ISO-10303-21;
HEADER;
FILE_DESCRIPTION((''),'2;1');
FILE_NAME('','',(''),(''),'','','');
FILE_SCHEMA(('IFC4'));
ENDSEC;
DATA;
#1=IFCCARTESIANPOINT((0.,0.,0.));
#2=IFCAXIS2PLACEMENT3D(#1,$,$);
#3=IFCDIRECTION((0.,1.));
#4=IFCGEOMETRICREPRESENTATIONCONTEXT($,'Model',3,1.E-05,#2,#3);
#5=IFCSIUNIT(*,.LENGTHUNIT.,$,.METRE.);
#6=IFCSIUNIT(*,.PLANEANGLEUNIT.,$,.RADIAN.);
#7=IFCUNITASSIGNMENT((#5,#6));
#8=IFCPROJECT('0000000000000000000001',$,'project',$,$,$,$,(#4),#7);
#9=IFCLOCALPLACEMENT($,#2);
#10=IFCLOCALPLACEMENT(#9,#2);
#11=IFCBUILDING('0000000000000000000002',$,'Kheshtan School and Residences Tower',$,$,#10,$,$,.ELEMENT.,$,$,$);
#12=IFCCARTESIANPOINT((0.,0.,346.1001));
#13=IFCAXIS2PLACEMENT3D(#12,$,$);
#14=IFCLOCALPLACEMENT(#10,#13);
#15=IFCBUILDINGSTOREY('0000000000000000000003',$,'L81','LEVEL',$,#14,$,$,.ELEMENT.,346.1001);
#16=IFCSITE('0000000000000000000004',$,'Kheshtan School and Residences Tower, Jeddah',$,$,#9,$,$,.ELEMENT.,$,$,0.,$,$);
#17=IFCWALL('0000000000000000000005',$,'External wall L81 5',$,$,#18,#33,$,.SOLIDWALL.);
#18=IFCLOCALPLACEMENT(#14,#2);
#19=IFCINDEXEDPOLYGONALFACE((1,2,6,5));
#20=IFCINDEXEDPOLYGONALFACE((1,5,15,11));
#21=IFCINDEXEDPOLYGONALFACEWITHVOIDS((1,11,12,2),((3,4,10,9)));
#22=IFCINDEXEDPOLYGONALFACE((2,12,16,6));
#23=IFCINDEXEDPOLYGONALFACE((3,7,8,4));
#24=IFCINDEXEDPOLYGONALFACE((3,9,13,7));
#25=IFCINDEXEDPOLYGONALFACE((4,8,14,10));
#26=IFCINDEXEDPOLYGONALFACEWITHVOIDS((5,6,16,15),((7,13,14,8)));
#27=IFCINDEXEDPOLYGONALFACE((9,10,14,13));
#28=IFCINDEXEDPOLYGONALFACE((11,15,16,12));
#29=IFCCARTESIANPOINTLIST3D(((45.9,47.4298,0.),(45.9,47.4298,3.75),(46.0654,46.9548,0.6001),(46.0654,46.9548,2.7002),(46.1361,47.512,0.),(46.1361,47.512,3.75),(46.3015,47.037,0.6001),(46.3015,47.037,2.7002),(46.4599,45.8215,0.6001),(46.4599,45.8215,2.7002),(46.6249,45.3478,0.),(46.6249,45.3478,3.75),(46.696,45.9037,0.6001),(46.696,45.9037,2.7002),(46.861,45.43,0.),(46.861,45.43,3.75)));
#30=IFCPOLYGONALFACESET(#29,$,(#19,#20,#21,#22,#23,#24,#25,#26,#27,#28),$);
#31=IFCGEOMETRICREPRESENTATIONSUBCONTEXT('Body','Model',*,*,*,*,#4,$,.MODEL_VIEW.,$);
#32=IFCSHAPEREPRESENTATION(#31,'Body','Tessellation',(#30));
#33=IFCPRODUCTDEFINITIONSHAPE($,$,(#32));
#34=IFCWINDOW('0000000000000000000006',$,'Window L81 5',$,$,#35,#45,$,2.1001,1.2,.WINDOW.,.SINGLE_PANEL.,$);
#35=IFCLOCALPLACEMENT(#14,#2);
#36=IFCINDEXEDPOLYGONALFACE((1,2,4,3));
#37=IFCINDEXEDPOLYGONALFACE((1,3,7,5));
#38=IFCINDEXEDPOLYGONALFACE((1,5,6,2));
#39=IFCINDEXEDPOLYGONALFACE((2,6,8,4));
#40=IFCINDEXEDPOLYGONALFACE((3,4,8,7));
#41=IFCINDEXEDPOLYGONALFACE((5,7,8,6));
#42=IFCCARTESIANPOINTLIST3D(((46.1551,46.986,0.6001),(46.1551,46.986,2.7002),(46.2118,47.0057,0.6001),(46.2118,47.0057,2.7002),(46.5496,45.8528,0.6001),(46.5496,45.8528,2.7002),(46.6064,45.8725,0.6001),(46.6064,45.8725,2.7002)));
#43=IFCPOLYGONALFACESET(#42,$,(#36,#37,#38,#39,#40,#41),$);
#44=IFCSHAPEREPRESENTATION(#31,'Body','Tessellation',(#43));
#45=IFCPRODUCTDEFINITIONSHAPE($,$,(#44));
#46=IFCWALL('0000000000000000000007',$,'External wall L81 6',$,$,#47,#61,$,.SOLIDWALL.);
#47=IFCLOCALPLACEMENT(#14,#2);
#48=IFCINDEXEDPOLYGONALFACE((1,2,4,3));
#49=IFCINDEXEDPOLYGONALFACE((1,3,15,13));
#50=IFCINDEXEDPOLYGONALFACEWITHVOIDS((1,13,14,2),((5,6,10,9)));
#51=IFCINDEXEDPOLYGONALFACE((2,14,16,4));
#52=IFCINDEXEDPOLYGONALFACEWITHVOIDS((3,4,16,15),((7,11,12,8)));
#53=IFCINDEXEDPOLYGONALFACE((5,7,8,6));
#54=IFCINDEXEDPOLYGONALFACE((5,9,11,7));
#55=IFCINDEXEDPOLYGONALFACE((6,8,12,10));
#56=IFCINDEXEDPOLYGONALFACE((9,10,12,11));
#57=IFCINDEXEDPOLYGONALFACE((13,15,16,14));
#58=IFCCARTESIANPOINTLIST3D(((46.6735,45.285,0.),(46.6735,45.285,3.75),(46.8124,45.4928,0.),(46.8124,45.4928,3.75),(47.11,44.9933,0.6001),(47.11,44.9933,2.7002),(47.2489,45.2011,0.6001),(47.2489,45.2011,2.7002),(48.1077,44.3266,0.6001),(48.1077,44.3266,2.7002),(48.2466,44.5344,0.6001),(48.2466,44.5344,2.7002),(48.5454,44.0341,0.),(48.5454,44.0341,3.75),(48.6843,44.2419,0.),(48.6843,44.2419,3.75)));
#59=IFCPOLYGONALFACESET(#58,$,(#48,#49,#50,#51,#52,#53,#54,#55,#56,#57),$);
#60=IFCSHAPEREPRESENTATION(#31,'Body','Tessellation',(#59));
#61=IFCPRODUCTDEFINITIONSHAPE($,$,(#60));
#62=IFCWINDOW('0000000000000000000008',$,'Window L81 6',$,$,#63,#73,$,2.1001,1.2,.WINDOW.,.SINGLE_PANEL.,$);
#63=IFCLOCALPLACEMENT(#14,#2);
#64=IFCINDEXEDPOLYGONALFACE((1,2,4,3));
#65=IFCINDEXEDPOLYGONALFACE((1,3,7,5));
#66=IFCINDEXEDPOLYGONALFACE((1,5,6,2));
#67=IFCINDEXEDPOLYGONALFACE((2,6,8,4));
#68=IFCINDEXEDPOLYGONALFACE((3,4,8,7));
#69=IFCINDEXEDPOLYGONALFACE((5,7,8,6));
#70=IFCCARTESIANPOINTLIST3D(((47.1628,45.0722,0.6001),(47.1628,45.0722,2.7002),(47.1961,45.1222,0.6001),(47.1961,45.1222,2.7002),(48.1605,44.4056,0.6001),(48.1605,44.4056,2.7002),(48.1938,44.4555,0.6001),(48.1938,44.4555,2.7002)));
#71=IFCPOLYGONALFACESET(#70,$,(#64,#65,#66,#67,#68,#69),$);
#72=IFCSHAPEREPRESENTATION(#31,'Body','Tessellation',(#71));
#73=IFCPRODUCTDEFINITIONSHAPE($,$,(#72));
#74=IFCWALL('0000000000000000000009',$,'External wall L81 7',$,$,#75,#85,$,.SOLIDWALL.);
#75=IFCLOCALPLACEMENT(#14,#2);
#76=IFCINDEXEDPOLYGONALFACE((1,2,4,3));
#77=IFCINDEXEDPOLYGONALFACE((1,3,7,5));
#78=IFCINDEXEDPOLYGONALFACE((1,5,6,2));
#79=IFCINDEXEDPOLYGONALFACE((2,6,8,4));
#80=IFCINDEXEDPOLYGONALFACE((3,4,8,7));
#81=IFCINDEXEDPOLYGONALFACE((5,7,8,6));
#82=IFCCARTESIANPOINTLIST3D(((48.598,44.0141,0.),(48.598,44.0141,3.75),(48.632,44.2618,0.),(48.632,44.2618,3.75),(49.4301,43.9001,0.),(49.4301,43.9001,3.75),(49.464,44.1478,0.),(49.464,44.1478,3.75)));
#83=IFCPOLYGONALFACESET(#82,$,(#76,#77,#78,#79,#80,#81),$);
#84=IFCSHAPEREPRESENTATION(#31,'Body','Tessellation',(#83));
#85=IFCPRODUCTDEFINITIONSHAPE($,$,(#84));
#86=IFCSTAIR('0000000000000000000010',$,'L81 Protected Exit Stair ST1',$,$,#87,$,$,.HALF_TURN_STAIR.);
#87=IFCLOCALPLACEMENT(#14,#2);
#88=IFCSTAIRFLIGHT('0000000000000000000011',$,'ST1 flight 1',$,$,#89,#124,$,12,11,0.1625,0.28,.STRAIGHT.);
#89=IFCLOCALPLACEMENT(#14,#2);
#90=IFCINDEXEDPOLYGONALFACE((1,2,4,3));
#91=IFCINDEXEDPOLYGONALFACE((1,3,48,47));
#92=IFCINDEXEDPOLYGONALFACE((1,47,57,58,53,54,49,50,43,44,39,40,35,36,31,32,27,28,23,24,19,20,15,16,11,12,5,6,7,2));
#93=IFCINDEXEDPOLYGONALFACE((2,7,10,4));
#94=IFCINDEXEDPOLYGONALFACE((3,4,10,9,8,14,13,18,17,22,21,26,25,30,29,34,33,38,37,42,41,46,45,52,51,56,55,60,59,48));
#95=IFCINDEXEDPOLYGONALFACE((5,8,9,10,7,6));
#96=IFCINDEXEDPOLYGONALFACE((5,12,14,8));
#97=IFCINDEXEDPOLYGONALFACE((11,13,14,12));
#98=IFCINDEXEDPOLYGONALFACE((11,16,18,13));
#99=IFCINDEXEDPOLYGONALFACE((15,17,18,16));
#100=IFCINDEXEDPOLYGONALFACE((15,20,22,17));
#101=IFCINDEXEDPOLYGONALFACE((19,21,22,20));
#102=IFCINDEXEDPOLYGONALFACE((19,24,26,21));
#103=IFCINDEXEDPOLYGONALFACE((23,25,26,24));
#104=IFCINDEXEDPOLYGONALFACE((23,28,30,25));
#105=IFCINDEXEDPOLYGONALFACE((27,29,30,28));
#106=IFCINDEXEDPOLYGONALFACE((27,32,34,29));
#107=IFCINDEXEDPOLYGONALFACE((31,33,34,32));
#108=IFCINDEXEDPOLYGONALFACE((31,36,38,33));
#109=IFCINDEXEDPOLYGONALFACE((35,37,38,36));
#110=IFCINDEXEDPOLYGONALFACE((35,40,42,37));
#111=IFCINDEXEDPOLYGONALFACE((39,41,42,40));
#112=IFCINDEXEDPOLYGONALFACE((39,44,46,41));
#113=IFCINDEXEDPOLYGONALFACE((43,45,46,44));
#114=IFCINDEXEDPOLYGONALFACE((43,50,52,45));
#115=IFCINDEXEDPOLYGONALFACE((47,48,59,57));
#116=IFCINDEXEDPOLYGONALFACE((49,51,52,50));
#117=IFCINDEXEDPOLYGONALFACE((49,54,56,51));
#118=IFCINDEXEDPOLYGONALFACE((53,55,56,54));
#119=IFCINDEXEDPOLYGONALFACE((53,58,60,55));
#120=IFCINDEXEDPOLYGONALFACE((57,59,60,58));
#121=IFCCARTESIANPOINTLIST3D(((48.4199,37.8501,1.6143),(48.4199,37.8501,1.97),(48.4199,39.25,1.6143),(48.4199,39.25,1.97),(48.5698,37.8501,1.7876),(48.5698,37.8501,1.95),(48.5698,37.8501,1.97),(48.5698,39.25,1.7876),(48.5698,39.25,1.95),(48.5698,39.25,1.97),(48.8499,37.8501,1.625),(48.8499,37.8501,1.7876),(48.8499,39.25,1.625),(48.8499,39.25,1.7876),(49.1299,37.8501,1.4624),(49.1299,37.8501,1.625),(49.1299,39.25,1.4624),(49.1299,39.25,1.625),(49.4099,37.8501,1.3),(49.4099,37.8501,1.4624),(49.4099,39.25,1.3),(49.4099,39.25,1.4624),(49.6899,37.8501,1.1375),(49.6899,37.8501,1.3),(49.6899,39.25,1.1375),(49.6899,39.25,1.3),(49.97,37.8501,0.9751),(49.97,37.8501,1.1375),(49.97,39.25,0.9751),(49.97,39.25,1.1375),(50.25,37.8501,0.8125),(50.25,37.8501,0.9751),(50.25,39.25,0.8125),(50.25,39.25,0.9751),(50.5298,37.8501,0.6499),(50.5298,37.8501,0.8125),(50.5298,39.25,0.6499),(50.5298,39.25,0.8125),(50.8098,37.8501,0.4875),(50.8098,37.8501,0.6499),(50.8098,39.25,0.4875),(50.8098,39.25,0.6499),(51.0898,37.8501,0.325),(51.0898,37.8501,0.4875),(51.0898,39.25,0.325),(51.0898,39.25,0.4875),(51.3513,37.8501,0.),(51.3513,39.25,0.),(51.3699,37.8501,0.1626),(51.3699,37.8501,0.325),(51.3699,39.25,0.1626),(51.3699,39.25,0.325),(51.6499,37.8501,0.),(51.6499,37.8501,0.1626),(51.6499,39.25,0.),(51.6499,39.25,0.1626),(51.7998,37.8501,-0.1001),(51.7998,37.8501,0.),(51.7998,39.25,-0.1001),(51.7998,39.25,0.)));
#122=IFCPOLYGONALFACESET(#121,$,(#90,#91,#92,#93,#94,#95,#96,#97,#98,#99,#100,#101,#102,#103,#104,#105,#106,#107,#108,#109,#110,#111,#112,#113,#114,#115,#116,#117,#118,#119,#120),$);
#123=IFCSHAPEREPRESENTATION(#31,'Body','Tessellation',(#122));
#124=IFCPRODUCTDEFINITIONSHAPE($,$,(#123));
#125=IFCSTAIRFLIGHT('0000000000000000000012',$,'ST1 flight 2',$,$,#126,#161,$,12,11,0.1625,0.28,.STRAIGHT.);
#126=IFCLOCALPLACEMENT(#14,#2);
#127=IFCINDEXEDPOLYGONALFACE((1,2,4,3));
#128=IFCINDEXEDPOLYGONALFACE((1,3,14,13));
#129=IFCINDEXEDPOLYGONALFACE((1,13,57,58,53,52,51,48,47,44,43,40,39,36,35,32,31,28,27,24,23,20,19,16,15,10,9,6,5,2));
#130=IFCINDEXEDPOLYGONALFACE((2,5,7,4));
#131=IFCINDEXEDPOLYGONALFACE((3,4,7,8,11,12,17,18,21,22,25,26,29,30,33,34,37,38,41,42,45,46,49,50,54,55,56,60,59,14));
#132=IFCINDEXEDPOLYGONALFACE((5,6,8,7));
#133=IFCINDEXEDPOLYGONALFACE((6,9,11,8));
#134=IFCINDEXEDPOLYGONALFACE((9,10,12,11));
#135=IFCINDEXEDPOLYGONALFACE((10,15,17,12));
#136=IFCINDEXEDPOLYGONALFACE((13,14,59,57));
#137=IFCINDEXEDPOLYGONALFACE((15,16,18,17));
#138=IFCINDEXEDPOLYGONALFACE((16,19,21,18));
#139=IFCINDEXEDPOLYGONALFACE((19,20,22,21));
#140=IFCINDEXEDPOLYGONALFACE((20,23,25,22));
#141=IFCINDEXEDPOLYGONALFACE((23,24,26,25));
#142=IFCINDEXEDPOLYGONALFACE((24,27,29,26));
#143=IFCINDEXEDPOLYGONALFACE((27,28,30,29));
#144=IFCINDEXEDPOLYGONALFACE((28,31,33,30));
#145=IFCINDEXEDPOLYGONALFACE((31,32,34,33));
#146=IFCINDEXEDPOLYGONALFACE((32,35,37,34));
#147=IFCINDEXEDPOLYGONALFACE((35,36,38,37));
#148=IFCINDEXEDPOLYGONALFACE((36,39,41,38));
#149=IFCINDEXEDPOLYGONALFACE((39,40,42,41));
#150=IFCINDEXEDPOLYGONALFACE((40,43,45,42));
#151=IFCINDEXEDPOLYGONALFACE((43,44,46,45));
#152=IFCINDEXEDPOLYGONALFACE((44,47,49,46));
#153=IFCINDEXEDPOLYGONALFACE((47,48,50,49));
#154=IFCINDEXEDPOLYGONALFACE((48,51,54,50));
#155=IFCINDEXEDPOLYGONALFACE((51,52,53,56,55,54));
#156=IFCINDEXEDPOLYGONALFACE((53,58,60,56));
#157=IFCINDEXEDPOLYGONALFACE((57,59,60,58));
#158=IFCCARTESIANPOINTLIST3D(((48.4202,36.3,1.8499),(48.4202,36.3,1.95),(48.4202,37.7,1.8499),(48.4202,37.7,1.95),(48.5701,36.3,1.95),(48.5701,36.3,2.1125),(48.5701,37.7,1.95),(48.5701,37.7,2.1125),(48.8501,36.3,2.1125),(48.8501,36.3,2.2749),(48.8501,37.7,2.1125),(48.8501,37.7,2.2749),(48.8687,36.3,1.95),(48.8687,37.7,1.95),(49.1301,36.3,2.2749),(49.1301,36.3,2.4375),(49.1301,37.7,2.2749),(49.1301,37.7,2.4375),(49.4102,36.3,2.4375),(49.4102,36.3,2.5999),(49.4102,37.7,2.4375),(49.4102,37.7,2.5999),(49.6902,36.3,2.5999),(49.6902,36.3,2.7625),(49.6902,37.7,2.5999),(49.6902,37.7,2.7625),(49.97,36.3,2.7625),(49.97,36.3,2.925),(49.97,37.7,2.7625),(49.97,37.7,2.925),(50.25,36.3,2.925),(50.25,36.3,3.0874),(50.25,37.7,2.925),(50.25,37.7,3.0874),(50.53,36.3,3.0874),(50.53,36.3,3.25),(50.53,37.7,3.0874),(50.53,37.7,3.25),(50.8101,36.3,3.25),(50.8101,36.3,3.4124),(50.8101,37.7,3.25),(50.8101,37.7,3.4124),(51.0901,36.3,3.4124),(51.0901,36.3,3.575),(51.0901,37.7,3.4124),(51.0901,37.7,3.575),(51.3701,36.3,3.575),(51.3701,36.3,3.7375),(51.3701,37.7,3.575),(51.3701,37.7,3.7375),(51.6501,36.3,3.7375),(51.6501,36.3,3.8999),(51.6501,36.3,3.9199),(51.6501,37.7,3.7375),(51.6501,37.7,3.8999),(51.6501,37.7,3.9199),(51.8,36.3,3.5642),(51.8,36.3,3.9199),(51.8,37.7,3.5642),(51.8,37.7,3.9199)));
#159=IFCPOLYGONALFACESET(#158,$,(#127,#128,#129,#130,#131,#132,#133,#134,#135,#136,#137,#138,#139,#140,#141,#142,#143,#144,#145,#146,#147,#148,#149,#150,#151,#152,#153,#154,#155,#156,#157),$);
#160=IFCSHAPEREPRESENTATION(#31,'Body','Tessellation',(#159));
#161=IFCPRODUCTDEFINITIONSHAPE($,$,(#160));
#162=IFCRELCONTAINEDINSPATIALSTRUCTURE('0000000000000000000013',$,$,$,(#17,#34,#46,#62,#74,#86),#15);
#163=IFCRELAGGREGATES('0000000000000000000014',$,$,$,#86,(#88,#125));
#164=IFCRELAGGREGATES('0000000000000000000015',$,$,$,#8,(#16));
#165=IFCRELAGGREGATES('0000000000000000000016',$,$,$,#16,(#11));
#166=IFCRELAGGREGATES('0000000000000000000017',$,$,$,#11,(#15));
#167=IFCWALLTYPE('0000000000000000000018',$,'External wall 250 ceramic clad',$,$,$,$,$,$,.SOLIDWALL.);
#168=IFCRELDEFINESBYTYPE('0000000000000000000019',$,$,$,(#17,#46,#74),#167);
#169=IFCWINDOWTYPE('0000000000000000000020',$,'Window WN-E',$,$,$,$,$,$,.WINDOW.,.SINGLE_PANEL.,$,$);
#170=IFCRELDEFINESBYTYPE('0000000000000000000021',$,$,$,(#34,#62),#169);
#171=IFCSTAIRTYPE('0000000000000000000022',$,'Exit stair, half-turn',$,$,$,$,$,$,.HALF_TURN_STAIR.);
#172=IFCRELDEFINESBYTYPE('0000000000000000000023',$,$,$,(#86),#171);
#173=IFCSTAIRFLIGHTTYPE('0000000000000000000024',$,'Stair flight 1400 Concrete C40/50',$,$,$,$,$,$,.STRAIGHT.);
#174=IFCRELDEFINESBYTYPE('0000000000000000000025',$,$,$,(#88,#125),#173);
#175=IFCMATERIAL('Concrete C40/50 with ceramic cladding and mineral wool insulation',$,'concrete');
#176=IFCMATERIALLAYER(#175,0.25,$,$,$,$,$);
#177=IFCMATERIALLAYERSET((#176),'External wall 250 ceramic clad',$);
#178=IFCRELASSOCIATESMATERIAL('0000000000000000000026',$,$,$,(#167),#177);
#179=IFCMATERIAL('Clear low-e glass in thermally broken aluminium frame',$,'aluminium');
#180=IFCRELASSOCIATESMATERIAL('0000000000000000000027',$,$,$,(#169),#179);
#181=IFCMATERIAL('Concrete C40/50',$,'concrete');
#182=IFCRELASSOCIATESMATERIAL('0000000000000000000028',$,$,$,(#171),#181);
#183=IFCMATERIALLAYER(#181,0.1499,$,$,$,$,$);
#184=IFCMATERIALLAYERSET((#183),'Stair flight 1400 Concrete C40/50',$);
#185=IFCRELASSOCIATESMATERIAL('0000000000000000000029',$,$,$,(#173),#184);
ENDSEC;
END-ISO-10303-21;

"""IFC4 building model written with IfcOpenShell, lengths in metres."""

from ifc_helpers import new_model, si_unit, direction, frame, frame_2d, origin, place, context, subcontext, project, spatial, polyline, rectangle, outline, extrude, source, transform, mapped, material, layer, layer_set, type_object, element, fill, aggregate, save


model = new_model("IFC4")

# Units and contexts
model_context = context("Model", 3, precision=1e-05, world=origin(), true_north=direction((0.0, 1.0)))
body_context = subcontext(model_context, "Body", "Model", "MODEL_VIEW")
ifc_project = project(units=[si_unit("LENGTHUNIT", "METRE"), si_unit("PLANEANGLEUNIT", "RADIAN")], contexts=[model_context])

# Site, building, storey
site_placement = place(None, origin())
site = spatial("IfcSite", under=ifc_project, at=site_placement, Name="Kheshtan School and Residences Tower, Jeddah", CompositionType="ELEMENT", RefElevation=0.0)
building_placement = place(site_placement, origin())
building = spatial("IfcBuilding", under=site, at=building_placement, Name="Kheshtan School and Residences Tower", CompositionType="ELEMENT")
storey_placement = place(building_placement, frame((0.0, 0.0, 346.1001)))
storey = spatial("IfcBuildingStorey", under=building, at=storey_placement, Name="L81", Description="LEVEL", CompositionType="ELEMENT", Elevation=346.1001)

# Shared definitions
ifc_material_1 = material(Name="Clear low-e glass in thermally broken aluminium frame", Category="aluminium")

# Walls, openings, windows
ifc_material_2 = material(Name="Concrete C40/50 with ceramic cladding and mineral wool insulation", Category="concrete")
ifc_layer_1 = layer(ifc_material_2, 0.25)
ifc_layer_set_1 = layer_set([ifc_layer_1], Name="External wall 250 ceramic clad")
wall_type_1 = type_object("IfcWallType", Name="External wall 250 ceramic clad", PredefinedType="SOLIDWALL", material=ifc_layer_set_1)
wall_1_placement = place(storey_placement, frame((46.0181, 47.4709, 0.0), z_axis=(0.0, 0.0, 1.0), x_axis=(0.328791, -0.944403, 0.0)))
wall_1 = element("IfcWall", 1, at=wall_1_placement, inside=storey, type_object=wall_type_1, Name="External wall L81 5", PredefinedType="SOLIDWALL", context=body_context, shape_type="SweptSolid", body=[
    extrude(rectangle(XDim=2.2046, YDim=0.25, at=frame_2d((1.1023, 0.0))), origin(), (0.0, 0.0, 1.0), 3.75),
])
opening_1_placement = place(wall_1_placement, frame((0.5029, 0.0, 0.6001)))
opening_1 = element("IfcOpeningElement", 2, at=opening_1_placement, cuts=wall_1, PredefinedType="OPENING", context=body_context, shape_type="SweptSolid", body=[
    extrude(rectangle(XDim=1.2, YDim=2.1001, at=frame_2d((0.6001, 1.05))), frame((0.0, 0.135, 0.0), z_axis=(0.0, -1.0, 0.0), x_axis=(1.0, 0.0, 0.0)), (0.0, 0.0, 1.0), 0.27),
])
window_type = type_object("IfcWindowType", Name="Window WN-E", PartitioningType="SINGLE_PANEL", PredefinedType="WINDOW", material=ifc_material_1)
shared_shape_1 = source(origin(), body_context, "Body", "SweptSolid", [
    extrude(rectangle(XDim=1.2, YDim=2.1001, at=frame_2d((0.6001, 1.05))), frame((0.0, 0.03, 0.0), z_axis=(0.0, -1.0, 0.0), x_axis=(1.0, 0.0, 0.0)), (0.0, 0.0, 1.0), 0.0601),
])
window_1_placement = place(opening_1_placement, origin())
window_1 = element("IfcWindow", 3, at=window_1_placement, inside=storey, type_object=window_type, Name="Window L81 5", OverallHeight=2.1001, OverallWidth=1.2, PartitioningType="SINGLE_PANEL", PredefinedType="WINDOW", context=body_context, shape_type="MappedRepresentation", body=[
    mapped(shared_shape_1, transform((0.0, 0.0, 0.0), x_axis=(1.0, 0.0, 0.0), y_axis=(0.0, 1.0, 0.0), z_axis=(0.0, 0.0, 1.0), scale=1.0)),
])
fill(opening_1, window_1)
wall_2_placement = place(storey_placement, frame((46.7429, 45.3889, 0.0), z_axis=(0.0, 0.0, 1.0), x_axis=(0.831449, -0.555601, 0.0)))
wall_2 = element("IfcWall", 4, at=wall_2_placement, inside=storey, type_object=wall_type_1, Name="External wall L81 6", PredefinedType="SOLIDWALL", context=body_context, shape_type="SweptSolid", body=[
    extrude(rectangle(XDim=2.2515, YDim=0.25, at=frame_2d((1.1257, 0.0))), origin(), (0.0, 0.0, 1.0), 3.75),
])
opening_2_placement = place(wall_2_placement, frame((0.5249, 0.0, 0.6001)))
opening_2 = element("IfcOpeningElement", 5, at=opening_2_placement, cuts=wall_2, PredefinedType="OPENING", context=body_context, shape_type="SweptSolid", body=[
    extrude(rectangle(XDim=1.2, YDim=2.1001, at=frame_2d((0.6001, 1.05))), frame((0.0, 0.135, 0.0), z_axis=(0.0, -1.0, 0.0), x_axis=(1.0, 0.0, 0.0)), (0.0, 0.0, 1.0), 0.27),
])
window_2_placement = place(opening_2_placement, origin())
window_2 = element("IfcWindow", 6, at=window_2_placement, inside=storey, type_object=window_type, Name="Window L81 6", OverallHeight=2.1001, OverallWidth=1.2, PartitioningType="SINGLE_PANEL", PredefinedType="WINDOW", context=body_context, shape_type="MappedRepresentation", body=[
    mapped(shared_shape_1, transform((0.0, 0.0, 0.0), x_axis=(1.0, 0.0, 0.0), y_axis=(0.0, 1.0, 0.0), z_axis=(0.0, 0.0, 1.0), scale=1.0)),
])
fill(opening_2, window_2)

# Wall
wall_3_placement = place(storey_placement, frame((48.615, 44.1379, 0.0), z_axis=(0.0, 0.0, 1.0), x_axis=(0.990742, -0.135762, 0.0)))
element("IfcWall", 7, at=wall_3_placement, inside=storey, type_object=wall_type_1, Name="External wall L81 7", PredefinedType="SOLIDWALL", context=body_context, shape_type="SweptSolid", body=[
    extrude(rectangle(XDim=0.8398, YDim=0.25, at=frame_2d((0.4199, 0.0))), origin(), (0.0, 0.0, 1.0), 3.75),
])

# Stair, stair flights
ifc_material_3 = material(Name="Concrete C40/50", Category="concrete")
stair_type = type_object("IfcStairType", Name="Exit stair, half-turn", PredefinedType="HALF_TURN_STAIR", material=ifc_material_3)
stair_placement = place(storey_placement, origin())
stair = element("IfcStair", 8, at=stair_placement, inside=storey, type_object=stair_type, Name="L81 Protected Exit Stair ST1", PredefinedType="HALF_TURN_STAIR")
ifc_layer_2 = layer(ifc_material_3, 0.1499)
ifc_layer_set_2 = layer_set([ifc_layer_2], Name="Stair flight 1400 Concrete C40/50")
stair_flight_type = type_object("IfcStairFlightType", Name="Stair flight 1400 Concrete C40/50", PredefinedType="STRAIGHT", material=ifc_layer_set_2)
stair_flight_1_placement = place(storey_placement, frame((51.6499, 38.55, 0.0), z_axis=(0.0, 0.0, 1.0), x_axis=(-1.0, 0.0, 0.0)))
stair_flight_1 = element("IfcStairFlight", 9, at=stair_flight_1_placement, type_object=stair_flight_type, Name="ST1 flight 1", NumberOfRisers=12, NumberOfTreads=11, PredefinedType="STRAIGHT", RiserHeight=0.1625, TreadLength=0.28, context=body_context, shape_type="SweptSolid", body=[
    extrude(outline(polyline([(-0.1499, -0.1001), (-0.1499, 0.0), (0.0, 0.0), (0.0, 0.1626), (0.28, 0.1626), (0.28, 0.325), (0.5601, 0.325), (0.5601, 0.4875), (0.8401, 0.4875), (0.8401, 0.6499), (1.1201, 0.6499), (1.1201, 0.8125), (1.3999, 0.8125), (1.3999, 0.9751), (1.6799, 0.9751), (1.6799, 1.1375), (1.96, 1.1375), (1.96, 1.3), (2.24, 1.3), (2.24, 1.4624), (2.52, 1.4624), (2.52, 1.625), (2.8, 1.625), (2.8, 1.7876), (3.0801, 1.7876), (3.0801, 1.95), (3.0801, 1.97), (3.23, 1.97), (3.23, 1.6143), (0.2986, 0.0), (-0.1499, -0.1001)])), frame((0.0, 0.7, 0.0), z_axis=(0.0, -1.0, 0.0), x_axis=(1.0, 0.0, 0.0)), (0.0, 0.0, 1.0), 1.3999),
])
stair_flight_2_placement = place(storey_placement, frame((48.5701, 37.0, 1.95), z_axis=(0.0, 0.0, 1.0), x_axis=(1.0, 0.0, 0.0)))
stair_flight_2 = element("IfcStairFlight", 10, at=stair_flight_2_placement, type_object=stair_flight_type, Name="ST1 flight 2", NumberOfRisers=12, NumberOfTreads=11, PredefinedType="STRAIGHT", RiserHeight=0.1625, TreadLength=0.28, context=body_context, shape_type="SweptSolid", body=[
    extrude(outline(polyline([(-0.1499, -0.1001), (-0.1499, 0.0), (0.0, 0.0), (0.0, 0.1626), (0.28, 0.1626), (0.28, 0.325), (0.5601, 0.325), (0.5601, 0.4875), (0.8401, 0.4875), (0.8401, 0.6499), (1.1201, 0.6499), (1.1201, 0.8125), (1.3999, 0.8125), (1.3999, 0.9751), (1.6799, 0.9751), (1.6799, 1.1375), (1.96, 1.1375), (1.96, 1.3), (2.24, 1.3), (2.24, 1.4624), (2.52, 1.4624), (2.52, 1.625), (2.8, 1.625), (2.8, 1.7876), (3.0801, 1.7876), (3.0801, 1.95), (3.0801, 1.97), (3.23, 1.97), (3.23, 1.6143), (0.2986, 0.0), (-0.1499, -0.1001)])), frame((0.0, 0.7, 0.0), z_axis=(0.0, -1.0, 0.0), x_axis=(1.0, 0.0, 0.0)), (0.0, 0.0, 1.0), 1.3999),
])
aggregate(stair, [stair_flight_1, stair_flight_2])

save(model, "model.ifc")
